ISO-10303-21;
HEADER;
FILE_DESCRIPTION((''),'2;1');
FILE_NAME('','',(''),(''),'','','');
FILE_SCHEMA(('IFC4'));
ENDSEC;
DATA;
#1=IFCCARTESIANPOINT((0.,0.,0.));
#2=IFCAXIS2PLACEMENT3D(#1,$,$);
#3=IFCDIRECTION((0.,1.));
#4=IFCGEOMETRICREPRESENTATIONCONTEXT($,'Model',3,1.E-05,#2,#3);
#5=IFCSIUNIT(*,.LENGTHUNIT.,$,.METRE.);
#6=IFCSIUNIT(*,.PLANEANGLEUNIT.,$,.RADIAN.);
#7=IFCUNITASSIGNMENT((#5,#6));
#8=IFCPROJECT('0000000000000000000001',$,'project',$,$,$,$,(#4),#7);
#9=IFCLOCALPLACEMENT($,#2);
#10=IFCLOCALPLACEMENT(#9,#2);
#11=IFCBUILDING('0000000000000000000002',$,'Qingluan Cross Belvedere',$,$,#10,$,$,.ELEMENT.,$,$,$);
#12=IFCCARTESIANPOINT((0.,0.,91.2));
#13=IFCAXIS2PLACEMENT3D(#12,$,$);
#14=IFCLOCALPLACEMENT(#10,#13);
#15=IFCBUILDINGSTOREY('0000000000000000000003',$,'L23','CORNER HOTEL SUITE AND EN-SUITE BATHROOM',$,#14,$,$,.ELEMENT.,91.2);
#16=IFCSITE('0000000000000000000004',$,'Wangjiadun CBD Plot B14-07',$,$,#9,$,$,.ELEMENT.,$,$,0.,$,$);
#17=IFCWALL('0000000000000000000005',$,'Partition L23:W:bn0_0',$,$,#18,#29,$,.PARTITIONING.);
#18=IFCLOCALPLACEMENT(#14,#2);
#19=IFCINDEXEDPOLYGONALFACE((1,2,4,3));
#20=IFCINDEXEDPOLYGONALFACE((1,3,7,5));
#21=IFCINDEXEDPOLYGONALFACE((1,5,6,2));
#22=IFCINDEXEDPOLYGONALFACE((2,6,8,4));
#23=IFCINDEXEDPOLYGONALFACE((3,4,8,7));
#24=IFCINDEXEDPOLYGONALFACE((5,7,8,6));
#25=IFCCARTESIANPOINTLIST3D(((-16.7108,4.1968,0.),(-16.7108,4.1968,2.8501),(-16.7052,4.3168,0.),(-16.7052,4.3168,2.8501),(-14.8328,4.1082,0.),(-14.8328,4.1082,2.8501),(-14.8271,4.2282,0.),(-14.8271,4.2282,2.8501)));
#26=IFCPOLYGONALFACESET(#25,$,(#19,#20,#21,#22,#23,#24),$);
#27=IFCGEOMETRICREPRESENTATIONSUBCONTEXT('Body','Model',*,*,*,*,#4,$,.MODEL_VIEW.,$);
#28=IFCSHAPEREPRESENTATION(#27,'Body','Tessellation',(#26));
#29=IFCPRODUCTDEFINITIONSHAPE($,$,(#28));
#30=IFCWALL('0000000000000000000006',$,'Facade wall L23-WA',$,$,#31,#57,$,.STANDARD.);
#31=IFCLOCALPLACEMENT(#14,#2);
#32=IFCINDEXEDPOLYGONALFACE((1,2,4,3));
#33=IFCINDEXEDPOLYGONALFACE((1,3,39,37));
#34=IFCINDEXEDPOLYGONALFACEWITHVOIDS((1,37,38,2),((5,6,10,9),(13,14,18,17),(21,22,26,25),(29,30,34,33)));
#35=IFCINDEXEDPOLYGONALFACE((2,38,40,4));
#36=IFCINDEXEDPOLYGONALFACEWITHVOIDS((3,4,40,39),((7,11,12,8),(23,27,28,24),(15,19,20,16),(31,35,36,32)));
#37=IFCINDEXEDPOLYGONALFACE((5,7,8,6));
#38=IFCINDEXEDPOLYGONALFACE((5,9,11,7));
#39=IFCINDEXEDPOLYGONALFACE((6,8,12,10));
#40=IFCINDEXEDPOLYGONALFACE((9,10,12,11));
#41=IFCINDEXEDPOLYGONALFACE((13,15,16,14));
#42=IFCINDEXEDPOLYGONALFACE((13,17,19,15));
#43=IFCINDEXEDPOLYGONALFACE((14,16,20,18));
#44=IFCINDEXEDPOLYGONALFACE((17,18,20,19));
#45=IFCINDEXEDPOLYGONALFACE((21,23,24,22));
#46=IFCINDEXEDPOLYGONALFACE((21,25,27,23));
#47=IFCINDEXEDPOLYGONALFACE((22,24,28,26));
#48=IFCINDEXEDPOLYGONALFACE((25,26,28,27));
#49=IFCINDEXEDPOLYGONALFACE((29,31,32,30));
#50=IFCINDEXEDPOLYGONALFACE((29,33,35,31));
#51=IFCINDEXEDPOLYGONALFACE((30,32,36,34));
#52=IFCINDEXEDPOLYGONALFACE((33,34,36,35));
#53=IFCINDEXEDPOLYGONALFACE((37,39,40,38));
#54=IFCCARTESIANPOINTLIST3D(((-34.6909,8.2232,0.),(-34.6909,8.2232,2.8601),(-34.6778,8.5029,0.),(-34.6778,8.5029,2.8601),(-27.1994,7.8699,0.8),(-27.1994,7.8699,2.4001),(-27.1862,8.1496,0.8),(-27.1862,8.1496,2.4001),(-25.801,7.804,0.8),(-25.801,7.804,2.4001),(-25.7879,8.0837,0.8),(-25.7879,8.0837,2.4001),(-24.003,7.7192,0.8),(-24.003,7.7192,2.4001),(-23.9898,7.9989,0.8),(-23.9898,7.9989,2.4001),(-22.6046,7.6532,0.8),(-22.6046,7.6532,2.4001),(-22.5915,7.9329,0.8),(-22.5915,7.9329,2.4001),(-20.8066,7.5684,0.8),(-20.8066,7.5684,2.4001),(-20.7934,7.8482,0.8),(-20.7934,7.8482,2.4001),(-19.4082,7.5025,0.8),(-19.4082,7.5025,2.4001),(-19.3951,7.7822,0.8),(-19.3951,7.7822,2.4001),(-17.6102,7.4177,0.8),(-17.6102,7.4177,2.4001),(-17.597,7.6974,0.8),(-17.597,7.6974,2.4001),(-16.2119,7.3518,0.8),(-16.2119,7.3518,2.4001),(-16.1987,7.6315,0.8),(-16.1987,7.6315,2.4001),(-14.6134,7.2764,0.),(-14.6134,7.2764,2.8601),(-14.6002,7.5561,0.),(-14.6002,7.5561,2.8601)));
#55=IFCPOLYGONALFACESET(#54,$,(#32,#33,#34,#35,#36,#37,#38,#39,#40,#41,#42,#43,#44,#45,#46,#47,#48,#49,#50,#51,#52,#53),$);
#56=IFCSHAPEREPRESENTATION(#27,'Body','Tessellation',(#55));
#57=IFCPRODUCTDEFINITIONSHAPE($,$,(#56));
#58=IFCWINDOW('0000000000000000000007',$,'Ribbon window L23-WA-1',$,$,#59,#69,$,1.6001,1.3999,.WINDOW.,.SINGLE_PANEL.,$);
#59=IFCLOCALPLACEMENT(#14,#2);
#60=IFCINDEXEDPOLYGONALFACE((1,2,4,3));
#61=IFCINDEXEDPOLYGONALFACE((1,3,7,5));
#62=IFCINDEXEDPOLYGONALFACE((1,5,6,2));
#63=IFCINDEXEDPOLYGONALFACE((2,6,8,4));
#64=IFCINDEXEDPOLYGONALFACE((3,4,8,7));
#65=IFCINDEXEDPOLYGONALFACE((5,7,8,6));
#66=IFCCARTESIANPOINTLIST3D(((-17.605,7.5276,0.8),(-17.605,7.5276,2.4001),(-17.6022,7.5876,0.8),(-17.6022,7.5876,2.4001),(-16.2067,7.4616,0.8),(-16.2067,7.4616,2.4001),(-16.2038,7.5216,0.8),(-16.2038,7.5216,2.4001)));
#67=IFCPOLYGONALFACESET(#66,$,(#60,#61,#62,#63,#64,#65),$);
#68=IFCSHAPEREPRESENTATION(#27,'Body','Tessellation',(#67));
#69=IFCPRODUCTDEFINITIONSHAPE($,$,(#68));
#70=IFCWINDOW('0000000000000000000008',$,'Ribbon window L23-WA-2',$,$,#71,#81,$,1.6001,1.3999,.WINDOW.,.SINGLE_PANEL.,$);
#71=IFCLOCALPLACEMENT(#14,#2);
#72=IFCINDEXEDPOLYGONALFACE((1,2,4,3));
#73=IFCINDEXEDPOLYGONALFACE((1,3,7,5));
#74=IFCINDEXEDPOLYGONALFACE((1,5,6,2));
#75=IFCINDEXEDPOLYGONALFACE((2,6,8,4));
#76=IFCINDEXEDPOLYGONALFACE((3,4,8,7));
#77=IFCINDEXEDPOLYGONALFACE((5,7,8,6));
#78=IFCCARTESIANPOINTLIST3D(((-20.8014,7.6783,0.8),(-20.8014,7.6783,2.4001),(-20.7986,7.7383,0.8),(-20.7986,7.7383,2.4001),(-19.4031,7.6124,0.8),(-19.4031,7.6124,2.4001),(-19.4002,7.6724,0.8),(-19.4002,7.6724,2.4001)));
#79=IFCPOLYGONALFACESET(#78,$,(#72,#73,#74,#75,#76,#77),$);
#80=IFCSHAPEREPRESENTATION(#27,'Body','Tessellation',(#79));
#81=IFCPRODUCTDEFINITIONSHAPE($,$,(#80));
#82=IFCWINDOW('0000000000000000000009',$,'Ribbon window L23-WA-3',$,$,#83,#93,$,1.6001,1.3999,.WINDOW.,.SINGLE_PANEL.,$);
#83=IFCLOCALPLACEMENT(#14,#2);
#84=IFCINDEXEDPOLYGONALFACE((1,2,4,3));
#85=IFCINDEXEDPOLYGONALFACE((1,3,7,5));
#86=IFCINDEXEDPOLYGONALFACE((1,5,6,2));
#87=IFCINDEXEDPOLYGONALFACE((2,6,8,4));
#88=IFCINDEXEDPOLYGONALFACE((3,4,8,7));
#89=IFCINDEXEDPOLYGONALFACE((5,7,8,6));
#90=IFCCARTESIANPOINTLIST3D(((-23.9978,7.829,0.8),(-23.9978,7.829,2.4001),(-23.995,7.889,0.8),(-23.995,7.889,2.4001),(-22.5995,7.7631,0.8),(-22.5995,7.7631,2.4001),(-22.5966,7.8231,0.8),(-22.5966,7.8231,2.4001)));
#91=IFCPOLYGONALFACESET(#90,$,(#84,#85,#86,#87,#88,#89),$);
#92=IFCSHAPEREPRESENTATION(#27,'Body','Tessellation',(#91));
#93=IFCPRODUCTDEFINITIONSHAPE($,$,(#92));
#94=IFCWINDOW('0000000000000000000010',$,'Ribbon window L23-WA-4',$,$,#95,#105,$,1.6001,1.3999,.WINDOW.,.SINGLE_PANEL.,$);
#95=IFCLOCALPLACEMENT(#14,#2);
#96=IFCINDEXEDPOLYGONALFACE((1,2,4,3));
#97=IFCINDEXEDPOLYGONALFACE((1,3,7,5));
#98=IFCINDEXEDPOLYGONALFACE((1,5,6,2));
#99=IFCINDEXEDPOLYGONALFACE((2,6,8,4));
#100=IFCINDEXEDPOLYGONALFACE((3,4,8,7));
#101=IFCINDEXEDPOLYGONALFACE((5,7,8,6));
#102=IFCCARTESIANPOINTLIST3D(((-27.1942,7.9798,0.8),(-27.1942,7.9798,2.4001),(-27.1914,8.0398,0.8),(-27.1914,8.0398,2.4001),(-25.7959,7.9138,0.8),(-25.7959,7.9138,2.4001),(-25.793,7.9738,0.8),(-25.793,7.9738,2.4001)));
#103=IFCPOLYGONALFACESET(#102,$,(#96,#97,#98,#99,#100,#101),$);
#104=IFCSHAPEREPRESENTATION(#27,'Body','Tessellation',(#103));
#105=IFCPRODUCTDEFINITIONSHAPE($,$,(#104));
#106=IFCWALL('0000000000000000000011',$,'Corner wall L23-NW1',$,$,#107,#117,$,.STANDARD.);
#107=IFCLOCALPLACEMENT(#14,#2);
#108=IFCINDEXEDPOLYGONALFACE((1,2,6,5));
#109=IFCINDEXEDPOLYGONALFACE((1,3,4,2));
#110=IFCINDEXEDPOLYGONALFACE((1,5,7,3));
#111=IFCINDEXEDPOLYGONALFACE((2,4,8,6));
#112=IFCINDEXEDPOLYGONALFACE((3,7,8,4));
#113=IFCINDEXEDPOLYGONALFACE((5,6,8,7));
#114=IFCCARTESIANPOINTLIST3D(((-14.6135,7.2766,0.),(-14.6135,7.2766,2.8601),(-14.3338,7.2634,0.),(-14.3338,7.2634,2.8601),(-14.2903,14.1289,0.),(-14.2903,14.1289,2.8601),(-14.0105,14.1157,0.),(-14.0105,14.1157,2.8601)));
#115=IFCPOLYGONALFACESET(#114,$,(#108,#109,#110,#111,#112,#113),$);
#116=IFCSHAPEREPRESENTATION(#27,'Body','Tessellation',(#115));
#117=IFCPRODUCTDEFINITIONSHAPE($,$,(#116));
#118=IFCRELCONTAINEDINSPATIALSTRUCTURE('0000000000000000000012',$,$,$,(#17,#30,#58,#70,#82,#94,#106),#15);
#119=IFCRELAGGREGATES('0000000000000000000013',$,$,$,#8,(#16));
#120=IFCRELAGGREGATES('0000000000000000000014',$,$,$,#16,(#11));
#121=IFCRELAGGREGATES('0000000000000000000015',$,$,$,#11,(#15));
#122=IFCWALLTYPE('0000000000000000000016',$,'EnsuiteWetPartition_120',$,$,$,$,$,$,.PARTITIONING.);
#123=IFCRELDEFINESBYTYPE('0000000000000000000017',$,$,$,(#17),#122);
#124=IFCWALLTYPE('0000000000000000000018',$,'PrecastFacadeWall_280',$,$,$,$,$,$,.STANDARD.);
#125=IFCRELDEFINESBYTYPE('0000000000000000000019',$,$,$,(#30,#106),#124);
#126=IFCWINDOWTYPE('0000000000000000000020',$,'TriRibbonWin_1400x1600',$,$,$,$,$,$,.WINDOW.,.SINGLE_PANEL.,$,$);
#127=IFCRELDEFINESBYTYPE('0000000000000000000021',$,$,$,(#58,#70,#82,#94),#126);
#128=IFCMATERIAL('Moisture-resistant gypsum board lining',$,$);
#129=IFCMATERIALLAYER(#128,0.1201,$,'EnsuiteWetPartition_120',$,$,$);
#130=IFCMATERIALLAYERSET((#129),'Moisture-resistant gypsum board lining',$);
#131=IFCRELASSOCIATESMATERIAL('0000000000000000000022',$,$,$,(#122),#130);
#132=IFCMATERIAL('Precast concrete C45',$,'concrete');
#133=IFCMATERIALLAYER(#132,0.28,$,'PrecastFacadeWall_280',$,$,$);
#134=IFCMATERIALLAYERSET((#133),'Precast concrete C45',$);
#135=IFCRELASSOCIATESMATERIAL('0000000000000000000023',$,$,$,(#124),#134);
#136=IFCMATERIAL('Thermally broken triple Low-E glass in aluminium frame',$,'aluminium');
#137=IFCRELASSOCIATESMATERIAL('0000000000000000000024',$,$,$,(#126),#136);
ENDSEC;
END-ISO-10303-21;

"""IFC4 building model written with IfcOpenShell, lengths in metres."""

from ifc_helpers import new_model, si_unit, direction, frame, frame_2d, origin, place, context, subcontext, project, spatial, rectangle, extrude, material, layer, layer_set, type_object, element, fill, save


model = new_model("IFC4")

# Units and contexts
model_context = context("Model", 3, precision=1e-05, world=origin(), true_north=direction((0.0, 1.0)))
body_context = subcontext(model_context, "Body", "Model", "MODEL_VIEW")
ifc_project = project(units=[si_unit("LENGTHUNIT", "METRE"), si_unit("PLANEANGLEUNIT", "RADIAN")], contexts=[model_context])

# Site, building, storey
site_placement = place(None, origin())
site = spatial("IfcSite", under=ifc_project, at=site_placement, Name="Wangjiadun CBD Plot B14-07", CompositionType="ELEMENT", RefElevation=0.0)
building_placement = place(site_placement, origin())
building = spatial("IfcBuilding", under=site, at=building_placement, Name="Qingluan Cross Belvedere", CompositionType="ELEMENT")
storey_placement = place(building_placement, frame((0.0, 0.0, 91.2)))
storey = spatial("IfcBuildingStorey", under=building, at=storey_placement, Name="L23", Description="CORNER HOTEL SUITE AND EN-SUITE BATHROOM", CompositionType="ELEMENT", Elevation=91.2)

# Shared definitions
ifc_material_1 = material(Name="Moisture-resistant gypsum board lining")
ifc_layer_1 = layer(ifc_material_1, 0.1201, Name="EnsuiteWetPartition_120")
ifc_layer_set_1 = layer_set([ifc_layer_1], Name="Moisture-resistant gypsum board lining")
wall_type_1 = type_object("IfcWallType", Name="EnsuiteWetPartition_120", PredefinedType="PARTITIONING", material=ifc_layer_set_1)

# Wall
wall_1_placement = place(storey_placement, frame((-14.8301, 4.1682, 0.0), z_axis=(0.0, 0.0, 1.0), x_axis=(-0.998888, 0.047139, 0.0)))
element("IfcWall", 1, at=wall_1_placement, inside=storey, type_object=wall_type_1, Name="Partition L23:W:bn0_0", PredefinedType="PARTITIONING", context=body_context, shape_type="SweptSolid", body=[
    extrude(rectangle(XDim=1.8801, YDim=0.1201, at=frame_2d((0.9399, 0.0))), origin(), (0.0, 0.0, 1.0), 2.8501),
])

# Wall, openings, windows
ifc_material_2 = material(Name="Precast concrete C45", Category="concrete")
ifc_layer_2 = layer(ifc_material_2, 0.28, Name="PrecastFacadeWall_280")
ifc_layer_set_2 = layer_set([ifc_layer_2], Name="Precast concrete C45")
wall_type_2 = type_object("IfcWallType", Name="PrecastFacadeWall_280", PredefinedType="STANDARD", material=ifc_layer_set_2)
wall_2_placement = place(storey_placement, frame((-14.6069, 7.4163, 0.0), z_axis=(0.0, 0.0, 1.0), x_axis=(-0.99889, 0.047103, 0.0)))
wall_2 = element("IfcWall", 2, at=wall_2_placement, inside=storey, type_object=wall_type_2, Name="Facade wall L23-WA", PredefinedType="STANDARD", context=body_context, shape_type="SweptSolid", body=[
    extrude(rectangle(XDim=20.0999, YDim=0.28, at=frame_2d((10.0498, 0.0))), origin(), (0.0, 0.0, 1.0), 2.8601),
])
opening_1_placement = place(wall_2_placement, frame((1.6001, 0.0, 0.8)))
opening_1 = element("IfcOpeningElement", 3, at=opening_1_placement, cuts=wall_2, PredefinedType="OPENING", context=body_context, shape_type="SweptSolid", body=[
    extrude(rectangle(XDim=1.3999, YDim=1.6001, at=frame_2d((0.7, 0.8))), frame((0.0, 0.1499, 0.0), z_axis=(0.0, -1.0, 0.0), x_axis=(1.0, 0.0, 0.0)), (0.0, 0.0, 1.0), 0.3),
])
opening_2_placement = place(wall_2_placement, frame((4.8, 0.0, 0.8)))
opening_2 = element("IfcOpeningElement", 4, at=opening_2_placement, cuts=wall_2, PredefinedType="OPENING", context=body_context, shape_type="SweptSolid", body=[
    extrude(rectangle(XDim=1.3999, YDim=1.6001, at=frame_2d((0.7, 0.8))), frame((0.0, 0.1499, 0.0), z_axis=(0.0, -1.0, 0.0), x_axis=(1.0, 0.0, 0.0)), (0.0, 0.0, 1.0), 0.3),
])
opening_3_placement = place(wall_2_placement, frame((8.0, 0.0, 0.8)))
opening_3 = element("IfcOpeningElement", 5, at=opening_3_placement, cuts=wall_2, PredefinedType="OPENING", context=body_context, shape_type="SweptSolid", body=[
    extrude(rectangle(XDim=1.3999, YDim=1.6001, at=frame_2d((0.7, 0.8))), frame((0.0, 0.1499, 0.0), z_axis=(0.0, -1.0, 0.0), x_axis=(1.0, 0.0, 0.0)), (0.0, 0.0, 1.0), 0.3),
])
opening_4_placement = place(wall_2_placement, frame((11.2, 0.0, 0.8)))
opening_4 = element("IfcOpeningElement", 6, at=opening_4_placement, cuts=wall_2, PredefinedType="OPENING", context=body_context, shape_type="SweptSolid", body=[
    extrude(rectangle(XDim=1.3999, YDim=1.6001, at=frame_2d((0.7, 0.8))), frame((0.0, 0.1499, 0.0), z_axis=(0.0, -1.0, 0.0), x_axis=(1.0, 0.0, 0.0)), (0.0, 0.0, 1.0), 0.3),
])
ifc_material_3 = material(Name="Thermally broken triple Low-E glass in aluminium frame", Category="aluminium")
window_type = type_object("IfcWindowType", Name="TriRibbonWin_1400x1600", PartitioningType="SINGLE_PANEL", PredefinedType="WINDOW", material=ifc_material_3)
window_1_placement = place(opening_1_placement, origin())
window_1 = element("IfcWindow", 7, at=window_1_placement, inside=storey, type_object=window_type, Name="Ribbon window L23-WA-1", OverallHeight=1.6001, OverallWidth=1.3999, PartitioningType="SINGLE_PANEL", PredefinedType="WINDOW", context=body_context, shape_type="SweptSolid", body=[
    extrude(rectangle(XDim=1.3999, YDim=1.6001, at=frame_2d((0.7, 0.8))), frame((0.0, 0.03, 0.0), z_axis=(0.0, -1.0, 0.0), x_axis=(1.0, 0.0, 0.0)), (0.0, 0.0, 1.0), 0.0601),
])
fill(opening_1, window_1)
window_2_placement = place(opening_2_placement, origin())
window_2 = element("IfcWindow", 8, at=window_2_placement, inside=storey, type_object=window_type, Name="Ribbon window L23-WA-2", OverallHeight=1.6001, OverallWidth=1.3999, PartitioningType="SINGLE_PANEL", PredefinedType="WINDOW", context=body_context, shape_type="SweptSolid", body=[
    extrude(rectangle(XDim=1.3999, YDim=1.6001, at=frame_2d((0.7, 0.8))), frame((0.0, 0.03, 0.0), z_axis=(0.0, -1.0, 0.0), x_axis=(1.0, 0.0, 0.0)), (0.0, 0.0, 1.0), 0.0601),
])
fill(opening_2, window_2)
window_3_placement = place(opening_3_placement, origin())
window_3 = element("IfcWindow", 9, at=window_3_placement, inside=storey, type_object=window_type, Name="Ribbon window L23-WA-3", OverallHeight=1.6001, OverallWidth=1.3999, PartitioningType="SINGLE_PANEL", PredefinedType="WINDOW", context=body_context, shape_type="SweptSolid", body=[
    extrude(rectangle(XDim=1.3999, YDim=1.6001, at=frame_2d((0.7, 0.8))), frame((0.0, 0.03, 0.0), z_axis=(0.0, -1.0, 0.0), x_axis=(1.0, 0.0, 0.0)), (0.0, 0.0, 1.0), 0.0601),
])
fill(opening_3, window_3)
window_4_placement = place(opening_4_placement, origin())
window_4 = element("IfcWindow", 10, at=window_4_placement, inside=storey, type_object=window_type, Name="Ribbon window L23-WA-4", OverallHeight=1.6001, OverallWidth=1.3999, PartitioningType="SINGLE_PANEL", PredefinedType="WINDOW", context=body_context, shape_type="SweptSolid", body=[
    extrude(rectangle(XDim=1.3999, YDim=1.6001, at=frame_2d((0.7, 0.8))), frame((0.0, 0.03, 0.0), z_axis=(0.0, -1.0, 0.0), x_axis=(1.0, 0.0, 0.0)), (0.0, 0.0, 1.0), 0.0601),
])
fill(opening_4, window_4)

# Wall
wall_3_placement = place(storey_placement, frame((-14.4736, 7.27, 0.0), z_axis=(0.0, 0.0, 1.0), x_axis=(0.04712, 0.998889, 0.0)))
element("IfcWall", 11, at=wall_3_placement, inside=storey, type_object=wall_type_2, Name="Corner wall L23-NW1", PredefinedType="STANDARD", context=body_context, shape_type="SweptSolid", body=[
    extrude(rectangle(XDim=6.8599, YDim=0.28, at=frame_2d((3.4299, 0.0))), origin(), (0.0, 0.0, 1.0), 2.8601),
])

save(model, "model.ifc")
